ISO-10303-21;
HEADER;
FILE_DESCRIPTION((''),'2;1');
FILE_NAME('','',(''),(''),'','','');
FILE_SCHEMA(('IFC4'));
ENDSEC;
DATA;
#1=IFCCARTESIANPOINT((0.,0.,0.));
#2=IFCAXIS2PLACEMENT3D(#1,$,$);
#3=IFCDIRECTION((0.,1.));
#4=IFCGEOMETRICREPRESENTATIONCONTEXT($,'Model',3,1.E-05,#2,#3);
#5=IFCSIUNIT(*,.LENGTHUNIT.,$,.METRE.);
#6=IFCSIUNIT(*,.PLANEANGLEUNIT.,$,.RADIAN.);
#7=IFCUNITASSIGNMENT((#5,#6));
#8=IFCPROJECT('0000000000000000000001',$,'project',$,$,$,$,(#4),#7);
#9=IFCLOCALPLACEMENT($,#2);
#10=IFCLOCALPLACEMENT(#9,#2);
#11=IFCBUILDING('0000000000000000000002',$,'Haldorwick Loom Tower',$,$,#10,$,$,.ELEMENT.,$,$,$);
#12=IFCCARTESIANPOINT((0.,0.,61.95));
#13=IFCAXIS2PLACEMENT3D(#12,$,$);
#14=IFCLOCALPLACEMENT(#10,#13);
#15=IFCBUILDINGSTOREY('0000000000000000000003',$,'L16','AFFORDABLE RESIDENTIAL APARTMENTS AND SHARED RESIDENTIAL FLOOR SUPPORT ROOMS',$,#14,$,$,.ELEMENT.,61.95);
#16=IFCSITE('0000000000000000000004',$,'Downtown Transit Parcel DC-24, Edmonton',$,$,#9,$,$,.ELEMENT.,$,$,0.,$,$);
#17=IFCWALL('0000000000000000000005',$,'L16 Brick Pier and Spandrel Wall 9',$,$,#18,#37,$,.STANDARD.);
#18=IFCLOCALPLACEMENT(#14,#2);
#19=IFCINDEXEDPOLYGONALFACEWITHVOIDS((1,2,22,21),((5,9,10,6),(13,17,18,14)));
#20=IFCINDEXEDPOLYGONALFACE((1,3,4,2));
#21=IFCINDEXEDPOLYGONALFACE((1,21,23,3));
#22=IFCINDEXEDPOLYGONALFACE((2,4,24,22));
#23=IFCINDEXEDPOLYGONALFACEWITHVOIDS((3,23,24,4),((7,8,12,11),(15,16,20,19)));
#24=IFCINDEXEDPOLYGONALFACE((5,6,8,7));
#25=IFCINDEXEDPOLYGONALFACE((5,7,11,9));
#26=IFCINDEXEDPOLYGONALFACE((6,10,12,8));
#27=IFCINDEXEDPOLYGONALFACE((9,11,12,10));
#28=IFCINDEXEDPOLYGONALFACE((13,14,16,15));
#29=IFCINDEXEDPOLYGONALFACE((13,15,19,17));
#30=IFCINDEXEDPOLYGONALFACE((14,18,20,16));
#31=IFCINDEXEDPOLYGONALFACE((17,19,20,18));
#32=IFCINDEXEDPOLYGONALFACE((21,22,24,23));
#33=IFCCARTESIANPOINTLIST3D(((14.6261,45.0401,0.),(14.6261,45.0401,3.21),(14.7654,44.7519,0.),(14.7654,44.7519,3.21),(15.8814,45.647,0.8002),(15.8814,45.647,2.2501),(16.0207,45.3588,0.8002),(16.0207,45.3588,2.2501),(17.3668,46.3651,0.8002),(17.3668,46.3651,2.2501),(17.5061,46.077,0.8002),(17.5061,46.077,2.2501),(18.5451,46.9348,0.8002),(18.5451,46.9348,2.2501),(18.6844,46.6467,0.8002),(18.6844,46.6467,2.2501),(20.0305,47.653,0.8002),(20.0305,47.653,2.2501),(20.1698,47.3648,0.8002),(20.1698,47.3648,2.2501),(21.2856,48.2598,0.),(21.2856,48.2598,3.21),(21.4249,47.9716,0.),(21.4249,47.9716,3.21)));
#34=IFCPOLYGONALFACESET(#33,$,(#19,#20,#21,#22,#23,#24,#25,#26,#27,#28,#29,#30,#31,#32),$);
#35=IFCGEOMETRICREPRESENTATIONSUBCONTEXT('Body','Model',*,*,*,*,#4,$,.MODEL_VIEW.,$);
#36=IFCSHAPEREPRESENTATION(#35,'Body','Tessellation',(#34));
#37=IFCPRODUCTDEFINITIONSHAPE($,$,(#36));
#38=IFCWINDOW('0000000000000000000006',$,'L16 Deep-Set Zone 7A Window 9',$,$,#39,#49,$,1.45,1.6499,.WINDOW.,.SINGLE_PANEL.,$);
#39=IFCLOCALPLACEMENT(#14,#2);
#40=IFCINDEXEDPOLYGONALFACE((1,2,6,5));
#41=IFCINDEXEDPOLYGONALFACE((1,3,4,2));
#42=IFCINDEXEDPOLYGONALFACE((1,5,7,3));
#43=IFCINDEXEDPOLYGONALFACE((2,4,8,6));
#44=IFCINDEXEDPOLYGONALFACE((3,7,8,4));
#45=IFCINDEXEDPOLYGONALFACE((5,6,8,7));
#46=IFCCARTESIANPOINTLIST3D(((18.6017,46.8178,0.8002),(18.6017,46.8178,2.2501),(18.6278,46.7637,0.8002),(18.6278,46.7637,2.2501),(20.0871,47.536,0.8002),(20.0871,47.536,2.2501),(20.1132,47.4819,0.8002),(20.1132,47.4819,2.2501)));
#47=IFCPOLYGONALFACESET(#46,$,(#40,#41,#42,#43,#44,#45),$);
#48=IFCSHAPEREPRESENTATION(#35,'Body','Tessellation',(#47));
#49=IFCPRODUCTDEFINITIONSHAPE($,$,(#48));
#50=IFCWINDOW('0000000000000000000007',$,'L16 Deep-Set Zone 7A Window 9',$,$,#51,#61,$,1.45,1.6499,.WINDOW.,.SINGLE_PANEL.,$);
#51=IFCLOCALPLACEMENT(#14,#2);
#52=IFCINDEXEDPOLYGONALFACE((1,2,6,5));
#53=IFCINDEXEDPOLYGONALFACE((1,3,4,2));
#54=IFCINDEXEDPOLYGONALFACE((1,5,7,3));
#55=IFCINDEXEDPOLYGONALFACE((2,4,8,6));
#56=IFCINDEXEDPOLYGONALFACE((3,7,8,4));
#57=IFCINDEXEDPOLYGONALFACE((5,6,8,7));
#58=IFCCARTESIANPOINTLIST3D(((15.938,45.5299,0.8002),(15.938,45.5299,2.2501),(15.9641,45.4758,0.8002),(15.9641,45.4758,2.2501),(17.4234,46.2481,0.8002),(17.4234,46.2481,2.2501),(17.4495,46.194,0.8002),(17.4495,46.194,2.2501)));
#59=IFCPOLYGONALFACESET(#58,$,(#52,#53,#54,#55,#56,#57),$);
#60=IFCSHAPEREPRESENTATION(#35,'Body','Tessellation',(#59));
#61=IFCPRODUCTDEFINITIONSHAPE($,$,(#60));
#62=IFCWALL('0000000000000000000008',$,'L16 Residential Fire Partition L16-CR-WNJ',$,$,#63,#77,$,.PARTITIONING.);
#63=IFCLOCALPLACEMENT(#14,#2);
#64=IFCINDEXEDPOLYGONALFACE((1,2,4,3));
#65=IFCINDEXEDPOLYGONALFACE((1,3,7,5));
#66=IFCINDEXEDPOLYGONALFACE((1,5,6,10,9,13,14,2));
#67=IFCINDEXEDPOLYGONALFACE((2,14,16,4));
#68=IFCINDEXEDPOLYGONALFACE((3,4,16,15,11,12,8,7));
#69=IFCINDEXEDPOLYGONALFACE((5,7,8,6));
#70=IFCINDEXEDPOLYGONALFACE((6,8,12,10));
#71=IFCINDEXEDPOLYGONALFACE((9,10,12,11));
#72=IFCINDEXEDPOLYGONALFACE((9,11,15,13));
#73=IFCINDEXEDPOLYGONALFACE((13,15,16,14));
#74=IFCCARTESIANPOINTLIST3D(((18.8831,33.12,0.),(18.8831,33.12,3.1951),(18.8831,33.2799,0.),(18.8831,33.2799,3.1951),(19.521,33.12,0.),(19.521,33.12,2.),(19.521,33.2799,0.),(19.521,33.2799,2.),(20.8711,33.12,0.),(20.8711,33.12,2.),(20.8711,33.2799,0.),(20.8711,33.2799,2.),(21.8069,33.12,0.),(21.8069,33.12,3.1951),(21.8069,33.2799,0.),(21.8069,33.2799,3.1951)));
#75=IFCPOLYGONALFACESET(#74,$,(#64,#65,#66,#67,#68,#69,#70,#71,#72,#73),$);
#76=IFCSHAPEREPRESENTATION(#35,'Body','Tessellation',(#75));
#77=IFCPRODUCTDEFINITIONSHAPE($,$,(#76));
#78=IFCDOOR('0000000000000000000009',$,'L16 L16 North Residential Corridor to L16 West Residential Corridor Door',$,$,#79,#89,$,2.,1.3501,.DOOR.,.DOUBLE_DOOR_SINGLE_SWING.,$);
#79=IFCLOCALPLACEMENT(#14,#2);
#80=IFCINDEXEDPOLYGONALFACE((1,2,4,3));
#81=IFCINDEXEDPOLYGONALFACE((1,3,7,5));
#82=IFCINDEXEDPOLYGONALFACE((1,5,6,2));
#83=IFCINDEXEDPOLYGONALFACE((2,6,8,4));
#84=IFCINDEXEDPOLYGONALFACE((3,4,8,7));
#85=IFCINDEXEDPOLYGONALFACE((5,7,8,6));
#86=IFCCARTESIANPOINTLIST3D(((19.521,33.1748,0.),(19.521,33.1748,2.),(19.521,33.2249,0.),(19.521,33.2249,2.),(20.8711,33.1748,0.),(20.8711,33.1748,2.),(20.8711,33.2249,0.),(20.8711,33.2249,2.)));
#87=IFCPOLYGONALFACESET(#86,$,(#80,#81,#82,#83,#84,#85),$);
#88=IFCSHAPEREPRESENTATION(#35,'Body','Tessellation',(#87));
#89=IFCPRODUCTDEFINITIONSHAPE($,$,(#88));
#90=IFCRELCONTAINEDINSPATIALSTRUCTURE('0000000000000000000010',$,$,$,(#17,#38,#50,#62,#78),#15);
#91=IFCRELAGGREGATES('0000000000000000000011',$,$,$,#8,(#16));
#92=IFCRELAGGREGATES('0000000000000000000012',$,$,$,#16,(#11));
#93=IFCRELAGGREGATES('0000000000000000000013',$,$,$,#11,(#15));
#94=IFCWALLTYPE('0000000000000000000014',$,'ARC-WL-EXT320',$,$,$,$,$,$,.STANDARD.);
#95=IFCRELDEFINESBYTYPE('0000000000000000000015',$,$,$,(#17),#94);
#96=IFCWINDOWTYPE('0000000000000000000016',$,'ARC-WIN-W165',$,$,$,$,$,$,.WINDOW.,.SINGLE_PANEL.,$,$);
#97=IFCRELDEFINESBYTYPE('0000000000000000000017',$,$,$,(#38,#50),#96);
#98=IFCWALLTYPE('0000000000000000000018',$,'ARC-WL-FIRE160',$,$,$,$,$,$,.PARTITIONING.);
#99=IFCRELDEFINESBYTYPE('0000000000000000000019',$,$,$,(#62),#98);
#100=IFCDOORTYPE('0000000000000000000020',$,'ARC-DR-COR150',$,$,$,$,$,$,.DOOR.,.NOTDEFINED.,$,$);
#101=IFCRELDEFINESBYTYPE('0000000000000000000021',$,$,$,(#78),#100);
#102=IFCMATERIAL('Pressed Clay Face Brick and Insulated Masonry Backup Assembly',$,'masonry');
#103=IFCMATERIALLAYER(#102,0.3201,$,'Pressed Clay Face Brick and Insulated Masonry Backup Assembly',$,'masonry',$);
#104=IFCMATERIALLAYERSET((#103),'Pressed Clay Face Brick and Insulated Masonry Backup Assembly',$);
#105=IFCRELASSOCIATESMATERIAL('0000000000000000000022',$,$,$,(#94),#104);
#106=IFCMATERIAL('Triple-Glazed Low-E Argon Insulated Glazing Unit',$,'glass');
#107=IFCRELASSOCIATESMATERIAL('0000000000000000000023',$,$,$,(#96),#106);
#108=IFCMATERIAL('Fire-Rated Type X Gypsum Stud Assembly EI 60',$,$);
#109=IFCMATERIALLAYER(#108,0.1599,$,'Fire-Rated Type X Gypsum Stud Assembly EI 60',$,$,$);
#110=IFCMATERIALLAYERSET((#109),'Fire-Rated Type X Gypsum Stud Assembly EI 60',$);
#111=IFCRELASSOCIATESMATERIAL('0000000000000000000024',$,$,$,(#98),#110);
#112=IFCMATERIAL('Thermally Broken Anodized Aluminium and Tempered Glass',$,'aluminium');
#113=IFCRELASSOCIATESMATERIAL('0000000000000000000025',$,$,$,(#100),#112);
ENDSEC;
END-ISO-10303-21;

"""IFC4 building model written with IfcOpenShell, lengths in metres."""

from ifc_helpers import new_model, si_unit, direction, frame, frame_2d, origin, place, context, subcontext, project, spatial, rectangle, extrude, material, layer, layer_set, type_object, element, fill, save


model = new_model("IFC4")

# Units and contexts
model_context = context("Model", 3, precision=1e-05, world=origin(), true_north=direction((0.0, 1.0)))
body_context = subcontext(model_context, "Body", "Model", "MODEL_VIEW")
ifc_project = project(units=[si_unit("LENGTHUNIT", "METRE"), si_unit("PLANEANGLEUNIT", "RADIAN")], contexts=[model_context])

# Site, building, storey
site_placement = place(None, origin())
site = spatial("IfcSite", under=ifc_project, at=site_placement, Name="Downtown Transit Parcel DC-24, Edmonton", CompositionType="ELEMENT", RefElevation=0.0)
building_placement = place(site_placement, origin())
building = spatial("IfcBuilding", under=site, at=building_placement, Name="Haldorwick Loom Tower", CompositionType="ELEMENT")
storey_placement = place(building_placement, frame((0.0, 0.0, 61.95)))
storey = spatial("IfcBuildingStorey", under=building, at=storey_placement, Name="L16", Description="AFFORDABLE RESIDENTIAL APARTMENTS AND SHARED RESIDENTIAL FLOOR SUPPORT ROOMS", CompositionType="ELEMENT", Elevation=61.95)

# Wall, openings, windows
ifc_material_1 = material(Name="Pressed Clay Face Brick and Insulated Masonry Backup Assembly", Category="masonry")
ifc_layer_1 = layer(ifc_material_1, 0.3201, Name="Pressed Clay Face Brick and Insulated Masonry Backup Assembly", Category="masonry")
ifc_layer_set_1 = layer_set([ifc_layer_1], Name="Pressed Clay Face Brick and Insulated Masonry Backup Assembly")
wall_type_1 = type_object("IfcWallType", Name="ARC-WL-EXT320", PredefinedType="STANDARD", material=ifc_layer_set_1)
wall_1_placement = place(storey_placement, frame((21.3552, 48.1157, 0.0), z_axis=(0.0, 0.0, 1.0), x_axis=(-0.900296, -0.435279, 0.0)))
wall_1 = element("IfcWall", 1, at=wall_1_placement, inside=storey, type_object=wall_type_1, Name="L16 Brick Pier and Spandrel Wall 9", PredefinedType="STANDARD", context=body_context, shape_type="SweptSolid", body=[
    extrude(rectangle(XDim=7.397, YDim=0.3201, at=frame_2d((3.6985, 0.0))), origin(), (0.0, 0.0, 1.0), 3.21),
])
opening_1_placement = place(wall_1_placement, frame((1.394, 0.0, 0.8)))
opening_1 = element("IfcOpeningElement", 2, at=opening_1_placement, cuts=wall_1, PredefinedType="OPENING", context=body_context, shape_type="SweptSolid", body=[
    extrude(rectangle(XDim=1.6499, YDim=1.45, at=frame_2d((0.825, 0.7251))), frame((0.0, 0.1699, 0.0), z_axis=(0.0, -1.0, 0.0), x_axis=(1.0, 0.0, 0.0)), (0.0, 0.0, 1.0), 0.3401),
])
opening_2_placement = place(wall_1_placement, frame((4.3528, 0.0, 0.8)))
opening_2 = element("IfcOpeningElement", 3, at=opening_2_placement, cuts=wall_1, PredefinedType="OPENING", context=body_context, shape_type="SweptSolid", body=[
    extrude(rectangle(XDim=1.6499, YDim=1.45, at=frame_2d((0.825, 0.7251))), frame((0.0, 0.1699, 0.0), z_axis=(0.0, -1.0, 0.0), x_axis=(1.0, 0.0, 0.0)), (0.0, 0.0, 1.0), 0.3401),
])
ifc_material_2 = material(Name="Triple-Glazed Low-E Argon Insulated Glazing Unit", Category="glass")
window_type = type_object("IfcWindowType", Name="ARC-WIN-W165", PartitioningType="SINGLE_PANEL", PredefinedType="WINDOW", material=ifc_material_2)
window_1_placement = place(opening_1_placement, origin())
window_1 = element("IfcWindow", 4, at=window_1_placement, inside=storey, type_object=window_type, Name="L16 Deep-Set Zone 7A Window 9", OverallHeight=1.45, OverallWidth=1.6499, PartitioningType="SINGLE_PANEL", PredefinedType="WINDOW", context=body_context, shape_type="SweptSolid", body=[
    extrude(rectangle(XDim=1.6499, YDim=1.45, at=frame_2d((0.825, 0.7251))), frame((0.0, 0.03, 0.0), z_axis=(0.0, -1.0, 0.0), x_axis=(1.0, 0.0, 0.0)), (0.0, 0.0, 1.0), 0.0601),
])
fill(opening_1, window_1)
window_2_placement = place(opening_2_placement, origin())
window_2 = element("IfcWindow", 5, at=window_2_placement, inside=storey, type_object=window_type, Name="L16 Deep-Set Zone 7A Window 9", OverallHeight=1.45, OverallWidth=1.6499, PartitioningType="SINGLE_PANEL", PredefinedType="WINDOW", context=body_context, shape_type="SweptSolid", body=[
    extrude(rectangle(XDim=1.6499, YDim=1.45, at=frame_2d((0.825, 0.7251))), frame((0.0, 0.03, 0.0), z_axis=(0.0, -1.0, 0.0), x_axis=(1.0, 0.0, 0.0)), (0.0, 0.0, 1.0), 0.0601),
])
fill(opening_2, window_2)

# Wall, opening, door
ifc_material_3 = material(Name="Fire-Rated Type X Gypsum Stud Assembly EI 60")
ifc_layer_2 = layer(ifc_material_3, 0.1599, Name="Fire-Rated Type X Gypsum Stud Assembly EI 60")
ifc_layer_set_2 = layer_set([ifc_layer_2], Name="Fire-Rated Type X Gypsum Stud Assembly EI 60")
wall_type_2 = type_object("IfcWallType", Name="ARC-WL-FIRE160", PredefinedType="PARTITIONING", material=ifc_layer_set_2)
wall_2_placement = place(storey_placement, frame((18.8831, 33.2, 0.0), z_axis=(0.0, 0.0, 1.0), x_axis=(1.0, 0.0, 0.0)))
wall_2 = element("IfcWall", 6, at=wall_2_placement, inside=storey, type_object=wall_type_2, Name="L16 Residential Fire Partition L16-CR-WNJ", PredefinedType="PARTITIONING", context=body_context, shape_type="SweptSolid", body=[
    extrude(rectangle(XDim=2.9238, YDim=0.1599, at=frame_2d((1.4619, 0.0))), origin(), (0.0, 0.0, 1.0), 3.1951),
])
opening_3_placement = place(wall_2_placement, frame((0.6379, 0.0, 0.0)))
opening_3 = element("IfcOpeningElement", 7, at=opening_3_placement, cuts=wall_2, PredefinedType="OPENING", context=body_context, shape_type="SweptSolid", body=[
    extrude(rectangle(XDim=1.3501, YDim=2.0, at=frame_2d((0.675, 1.0))), frame((0.0, 0.0898, 0.0), z_axis=(0.0, -1.0, 0.0), x_axis=(1.0, 0.0, 0.0)), (0.0, 0.0, 1.0), 0.1799),
])
ifc_material_4 = material(Name="Thermally Broken Anodized Aluminium and Tempered Glass", Category="aluminium")
door_type_1 = type_object("IfcDoorType", Name="ARC-DR-COR150", OperationType="NOTDEFINED", PredefinedType="DOOR", material=ifc_material_4)
door_1_placement = place(opening_3_placement, origin())
door_1 = element("IfcDoor", 8, at=door_1_placement, inside=storey, type_object=door_type_1, Name="L16 L16 North Residential Corridor to L16 West Residential Corridor Door", OperationType="DOUBLE_DOOR_SINGLE_SWING", OverallHeight=2.0, OverallWidth=1.3501, PredefinedType="DOOR", context=body_context, shape_type="SweptSolid", body=[
    extrude(rectangle(XDim=1.3501, YDim=2.0, at=frame_2d((0.675, 1.0))), frame((0.0, 0.0249, 0.0), z_axis=(0.0, -1.0, 0.0), x_axis=(1.0, 0.0, 0.0)), (0.0, 0.0, 1.0), 0.05),
])
fill(opening_3, door_1)

save(model, "model.ifc")
